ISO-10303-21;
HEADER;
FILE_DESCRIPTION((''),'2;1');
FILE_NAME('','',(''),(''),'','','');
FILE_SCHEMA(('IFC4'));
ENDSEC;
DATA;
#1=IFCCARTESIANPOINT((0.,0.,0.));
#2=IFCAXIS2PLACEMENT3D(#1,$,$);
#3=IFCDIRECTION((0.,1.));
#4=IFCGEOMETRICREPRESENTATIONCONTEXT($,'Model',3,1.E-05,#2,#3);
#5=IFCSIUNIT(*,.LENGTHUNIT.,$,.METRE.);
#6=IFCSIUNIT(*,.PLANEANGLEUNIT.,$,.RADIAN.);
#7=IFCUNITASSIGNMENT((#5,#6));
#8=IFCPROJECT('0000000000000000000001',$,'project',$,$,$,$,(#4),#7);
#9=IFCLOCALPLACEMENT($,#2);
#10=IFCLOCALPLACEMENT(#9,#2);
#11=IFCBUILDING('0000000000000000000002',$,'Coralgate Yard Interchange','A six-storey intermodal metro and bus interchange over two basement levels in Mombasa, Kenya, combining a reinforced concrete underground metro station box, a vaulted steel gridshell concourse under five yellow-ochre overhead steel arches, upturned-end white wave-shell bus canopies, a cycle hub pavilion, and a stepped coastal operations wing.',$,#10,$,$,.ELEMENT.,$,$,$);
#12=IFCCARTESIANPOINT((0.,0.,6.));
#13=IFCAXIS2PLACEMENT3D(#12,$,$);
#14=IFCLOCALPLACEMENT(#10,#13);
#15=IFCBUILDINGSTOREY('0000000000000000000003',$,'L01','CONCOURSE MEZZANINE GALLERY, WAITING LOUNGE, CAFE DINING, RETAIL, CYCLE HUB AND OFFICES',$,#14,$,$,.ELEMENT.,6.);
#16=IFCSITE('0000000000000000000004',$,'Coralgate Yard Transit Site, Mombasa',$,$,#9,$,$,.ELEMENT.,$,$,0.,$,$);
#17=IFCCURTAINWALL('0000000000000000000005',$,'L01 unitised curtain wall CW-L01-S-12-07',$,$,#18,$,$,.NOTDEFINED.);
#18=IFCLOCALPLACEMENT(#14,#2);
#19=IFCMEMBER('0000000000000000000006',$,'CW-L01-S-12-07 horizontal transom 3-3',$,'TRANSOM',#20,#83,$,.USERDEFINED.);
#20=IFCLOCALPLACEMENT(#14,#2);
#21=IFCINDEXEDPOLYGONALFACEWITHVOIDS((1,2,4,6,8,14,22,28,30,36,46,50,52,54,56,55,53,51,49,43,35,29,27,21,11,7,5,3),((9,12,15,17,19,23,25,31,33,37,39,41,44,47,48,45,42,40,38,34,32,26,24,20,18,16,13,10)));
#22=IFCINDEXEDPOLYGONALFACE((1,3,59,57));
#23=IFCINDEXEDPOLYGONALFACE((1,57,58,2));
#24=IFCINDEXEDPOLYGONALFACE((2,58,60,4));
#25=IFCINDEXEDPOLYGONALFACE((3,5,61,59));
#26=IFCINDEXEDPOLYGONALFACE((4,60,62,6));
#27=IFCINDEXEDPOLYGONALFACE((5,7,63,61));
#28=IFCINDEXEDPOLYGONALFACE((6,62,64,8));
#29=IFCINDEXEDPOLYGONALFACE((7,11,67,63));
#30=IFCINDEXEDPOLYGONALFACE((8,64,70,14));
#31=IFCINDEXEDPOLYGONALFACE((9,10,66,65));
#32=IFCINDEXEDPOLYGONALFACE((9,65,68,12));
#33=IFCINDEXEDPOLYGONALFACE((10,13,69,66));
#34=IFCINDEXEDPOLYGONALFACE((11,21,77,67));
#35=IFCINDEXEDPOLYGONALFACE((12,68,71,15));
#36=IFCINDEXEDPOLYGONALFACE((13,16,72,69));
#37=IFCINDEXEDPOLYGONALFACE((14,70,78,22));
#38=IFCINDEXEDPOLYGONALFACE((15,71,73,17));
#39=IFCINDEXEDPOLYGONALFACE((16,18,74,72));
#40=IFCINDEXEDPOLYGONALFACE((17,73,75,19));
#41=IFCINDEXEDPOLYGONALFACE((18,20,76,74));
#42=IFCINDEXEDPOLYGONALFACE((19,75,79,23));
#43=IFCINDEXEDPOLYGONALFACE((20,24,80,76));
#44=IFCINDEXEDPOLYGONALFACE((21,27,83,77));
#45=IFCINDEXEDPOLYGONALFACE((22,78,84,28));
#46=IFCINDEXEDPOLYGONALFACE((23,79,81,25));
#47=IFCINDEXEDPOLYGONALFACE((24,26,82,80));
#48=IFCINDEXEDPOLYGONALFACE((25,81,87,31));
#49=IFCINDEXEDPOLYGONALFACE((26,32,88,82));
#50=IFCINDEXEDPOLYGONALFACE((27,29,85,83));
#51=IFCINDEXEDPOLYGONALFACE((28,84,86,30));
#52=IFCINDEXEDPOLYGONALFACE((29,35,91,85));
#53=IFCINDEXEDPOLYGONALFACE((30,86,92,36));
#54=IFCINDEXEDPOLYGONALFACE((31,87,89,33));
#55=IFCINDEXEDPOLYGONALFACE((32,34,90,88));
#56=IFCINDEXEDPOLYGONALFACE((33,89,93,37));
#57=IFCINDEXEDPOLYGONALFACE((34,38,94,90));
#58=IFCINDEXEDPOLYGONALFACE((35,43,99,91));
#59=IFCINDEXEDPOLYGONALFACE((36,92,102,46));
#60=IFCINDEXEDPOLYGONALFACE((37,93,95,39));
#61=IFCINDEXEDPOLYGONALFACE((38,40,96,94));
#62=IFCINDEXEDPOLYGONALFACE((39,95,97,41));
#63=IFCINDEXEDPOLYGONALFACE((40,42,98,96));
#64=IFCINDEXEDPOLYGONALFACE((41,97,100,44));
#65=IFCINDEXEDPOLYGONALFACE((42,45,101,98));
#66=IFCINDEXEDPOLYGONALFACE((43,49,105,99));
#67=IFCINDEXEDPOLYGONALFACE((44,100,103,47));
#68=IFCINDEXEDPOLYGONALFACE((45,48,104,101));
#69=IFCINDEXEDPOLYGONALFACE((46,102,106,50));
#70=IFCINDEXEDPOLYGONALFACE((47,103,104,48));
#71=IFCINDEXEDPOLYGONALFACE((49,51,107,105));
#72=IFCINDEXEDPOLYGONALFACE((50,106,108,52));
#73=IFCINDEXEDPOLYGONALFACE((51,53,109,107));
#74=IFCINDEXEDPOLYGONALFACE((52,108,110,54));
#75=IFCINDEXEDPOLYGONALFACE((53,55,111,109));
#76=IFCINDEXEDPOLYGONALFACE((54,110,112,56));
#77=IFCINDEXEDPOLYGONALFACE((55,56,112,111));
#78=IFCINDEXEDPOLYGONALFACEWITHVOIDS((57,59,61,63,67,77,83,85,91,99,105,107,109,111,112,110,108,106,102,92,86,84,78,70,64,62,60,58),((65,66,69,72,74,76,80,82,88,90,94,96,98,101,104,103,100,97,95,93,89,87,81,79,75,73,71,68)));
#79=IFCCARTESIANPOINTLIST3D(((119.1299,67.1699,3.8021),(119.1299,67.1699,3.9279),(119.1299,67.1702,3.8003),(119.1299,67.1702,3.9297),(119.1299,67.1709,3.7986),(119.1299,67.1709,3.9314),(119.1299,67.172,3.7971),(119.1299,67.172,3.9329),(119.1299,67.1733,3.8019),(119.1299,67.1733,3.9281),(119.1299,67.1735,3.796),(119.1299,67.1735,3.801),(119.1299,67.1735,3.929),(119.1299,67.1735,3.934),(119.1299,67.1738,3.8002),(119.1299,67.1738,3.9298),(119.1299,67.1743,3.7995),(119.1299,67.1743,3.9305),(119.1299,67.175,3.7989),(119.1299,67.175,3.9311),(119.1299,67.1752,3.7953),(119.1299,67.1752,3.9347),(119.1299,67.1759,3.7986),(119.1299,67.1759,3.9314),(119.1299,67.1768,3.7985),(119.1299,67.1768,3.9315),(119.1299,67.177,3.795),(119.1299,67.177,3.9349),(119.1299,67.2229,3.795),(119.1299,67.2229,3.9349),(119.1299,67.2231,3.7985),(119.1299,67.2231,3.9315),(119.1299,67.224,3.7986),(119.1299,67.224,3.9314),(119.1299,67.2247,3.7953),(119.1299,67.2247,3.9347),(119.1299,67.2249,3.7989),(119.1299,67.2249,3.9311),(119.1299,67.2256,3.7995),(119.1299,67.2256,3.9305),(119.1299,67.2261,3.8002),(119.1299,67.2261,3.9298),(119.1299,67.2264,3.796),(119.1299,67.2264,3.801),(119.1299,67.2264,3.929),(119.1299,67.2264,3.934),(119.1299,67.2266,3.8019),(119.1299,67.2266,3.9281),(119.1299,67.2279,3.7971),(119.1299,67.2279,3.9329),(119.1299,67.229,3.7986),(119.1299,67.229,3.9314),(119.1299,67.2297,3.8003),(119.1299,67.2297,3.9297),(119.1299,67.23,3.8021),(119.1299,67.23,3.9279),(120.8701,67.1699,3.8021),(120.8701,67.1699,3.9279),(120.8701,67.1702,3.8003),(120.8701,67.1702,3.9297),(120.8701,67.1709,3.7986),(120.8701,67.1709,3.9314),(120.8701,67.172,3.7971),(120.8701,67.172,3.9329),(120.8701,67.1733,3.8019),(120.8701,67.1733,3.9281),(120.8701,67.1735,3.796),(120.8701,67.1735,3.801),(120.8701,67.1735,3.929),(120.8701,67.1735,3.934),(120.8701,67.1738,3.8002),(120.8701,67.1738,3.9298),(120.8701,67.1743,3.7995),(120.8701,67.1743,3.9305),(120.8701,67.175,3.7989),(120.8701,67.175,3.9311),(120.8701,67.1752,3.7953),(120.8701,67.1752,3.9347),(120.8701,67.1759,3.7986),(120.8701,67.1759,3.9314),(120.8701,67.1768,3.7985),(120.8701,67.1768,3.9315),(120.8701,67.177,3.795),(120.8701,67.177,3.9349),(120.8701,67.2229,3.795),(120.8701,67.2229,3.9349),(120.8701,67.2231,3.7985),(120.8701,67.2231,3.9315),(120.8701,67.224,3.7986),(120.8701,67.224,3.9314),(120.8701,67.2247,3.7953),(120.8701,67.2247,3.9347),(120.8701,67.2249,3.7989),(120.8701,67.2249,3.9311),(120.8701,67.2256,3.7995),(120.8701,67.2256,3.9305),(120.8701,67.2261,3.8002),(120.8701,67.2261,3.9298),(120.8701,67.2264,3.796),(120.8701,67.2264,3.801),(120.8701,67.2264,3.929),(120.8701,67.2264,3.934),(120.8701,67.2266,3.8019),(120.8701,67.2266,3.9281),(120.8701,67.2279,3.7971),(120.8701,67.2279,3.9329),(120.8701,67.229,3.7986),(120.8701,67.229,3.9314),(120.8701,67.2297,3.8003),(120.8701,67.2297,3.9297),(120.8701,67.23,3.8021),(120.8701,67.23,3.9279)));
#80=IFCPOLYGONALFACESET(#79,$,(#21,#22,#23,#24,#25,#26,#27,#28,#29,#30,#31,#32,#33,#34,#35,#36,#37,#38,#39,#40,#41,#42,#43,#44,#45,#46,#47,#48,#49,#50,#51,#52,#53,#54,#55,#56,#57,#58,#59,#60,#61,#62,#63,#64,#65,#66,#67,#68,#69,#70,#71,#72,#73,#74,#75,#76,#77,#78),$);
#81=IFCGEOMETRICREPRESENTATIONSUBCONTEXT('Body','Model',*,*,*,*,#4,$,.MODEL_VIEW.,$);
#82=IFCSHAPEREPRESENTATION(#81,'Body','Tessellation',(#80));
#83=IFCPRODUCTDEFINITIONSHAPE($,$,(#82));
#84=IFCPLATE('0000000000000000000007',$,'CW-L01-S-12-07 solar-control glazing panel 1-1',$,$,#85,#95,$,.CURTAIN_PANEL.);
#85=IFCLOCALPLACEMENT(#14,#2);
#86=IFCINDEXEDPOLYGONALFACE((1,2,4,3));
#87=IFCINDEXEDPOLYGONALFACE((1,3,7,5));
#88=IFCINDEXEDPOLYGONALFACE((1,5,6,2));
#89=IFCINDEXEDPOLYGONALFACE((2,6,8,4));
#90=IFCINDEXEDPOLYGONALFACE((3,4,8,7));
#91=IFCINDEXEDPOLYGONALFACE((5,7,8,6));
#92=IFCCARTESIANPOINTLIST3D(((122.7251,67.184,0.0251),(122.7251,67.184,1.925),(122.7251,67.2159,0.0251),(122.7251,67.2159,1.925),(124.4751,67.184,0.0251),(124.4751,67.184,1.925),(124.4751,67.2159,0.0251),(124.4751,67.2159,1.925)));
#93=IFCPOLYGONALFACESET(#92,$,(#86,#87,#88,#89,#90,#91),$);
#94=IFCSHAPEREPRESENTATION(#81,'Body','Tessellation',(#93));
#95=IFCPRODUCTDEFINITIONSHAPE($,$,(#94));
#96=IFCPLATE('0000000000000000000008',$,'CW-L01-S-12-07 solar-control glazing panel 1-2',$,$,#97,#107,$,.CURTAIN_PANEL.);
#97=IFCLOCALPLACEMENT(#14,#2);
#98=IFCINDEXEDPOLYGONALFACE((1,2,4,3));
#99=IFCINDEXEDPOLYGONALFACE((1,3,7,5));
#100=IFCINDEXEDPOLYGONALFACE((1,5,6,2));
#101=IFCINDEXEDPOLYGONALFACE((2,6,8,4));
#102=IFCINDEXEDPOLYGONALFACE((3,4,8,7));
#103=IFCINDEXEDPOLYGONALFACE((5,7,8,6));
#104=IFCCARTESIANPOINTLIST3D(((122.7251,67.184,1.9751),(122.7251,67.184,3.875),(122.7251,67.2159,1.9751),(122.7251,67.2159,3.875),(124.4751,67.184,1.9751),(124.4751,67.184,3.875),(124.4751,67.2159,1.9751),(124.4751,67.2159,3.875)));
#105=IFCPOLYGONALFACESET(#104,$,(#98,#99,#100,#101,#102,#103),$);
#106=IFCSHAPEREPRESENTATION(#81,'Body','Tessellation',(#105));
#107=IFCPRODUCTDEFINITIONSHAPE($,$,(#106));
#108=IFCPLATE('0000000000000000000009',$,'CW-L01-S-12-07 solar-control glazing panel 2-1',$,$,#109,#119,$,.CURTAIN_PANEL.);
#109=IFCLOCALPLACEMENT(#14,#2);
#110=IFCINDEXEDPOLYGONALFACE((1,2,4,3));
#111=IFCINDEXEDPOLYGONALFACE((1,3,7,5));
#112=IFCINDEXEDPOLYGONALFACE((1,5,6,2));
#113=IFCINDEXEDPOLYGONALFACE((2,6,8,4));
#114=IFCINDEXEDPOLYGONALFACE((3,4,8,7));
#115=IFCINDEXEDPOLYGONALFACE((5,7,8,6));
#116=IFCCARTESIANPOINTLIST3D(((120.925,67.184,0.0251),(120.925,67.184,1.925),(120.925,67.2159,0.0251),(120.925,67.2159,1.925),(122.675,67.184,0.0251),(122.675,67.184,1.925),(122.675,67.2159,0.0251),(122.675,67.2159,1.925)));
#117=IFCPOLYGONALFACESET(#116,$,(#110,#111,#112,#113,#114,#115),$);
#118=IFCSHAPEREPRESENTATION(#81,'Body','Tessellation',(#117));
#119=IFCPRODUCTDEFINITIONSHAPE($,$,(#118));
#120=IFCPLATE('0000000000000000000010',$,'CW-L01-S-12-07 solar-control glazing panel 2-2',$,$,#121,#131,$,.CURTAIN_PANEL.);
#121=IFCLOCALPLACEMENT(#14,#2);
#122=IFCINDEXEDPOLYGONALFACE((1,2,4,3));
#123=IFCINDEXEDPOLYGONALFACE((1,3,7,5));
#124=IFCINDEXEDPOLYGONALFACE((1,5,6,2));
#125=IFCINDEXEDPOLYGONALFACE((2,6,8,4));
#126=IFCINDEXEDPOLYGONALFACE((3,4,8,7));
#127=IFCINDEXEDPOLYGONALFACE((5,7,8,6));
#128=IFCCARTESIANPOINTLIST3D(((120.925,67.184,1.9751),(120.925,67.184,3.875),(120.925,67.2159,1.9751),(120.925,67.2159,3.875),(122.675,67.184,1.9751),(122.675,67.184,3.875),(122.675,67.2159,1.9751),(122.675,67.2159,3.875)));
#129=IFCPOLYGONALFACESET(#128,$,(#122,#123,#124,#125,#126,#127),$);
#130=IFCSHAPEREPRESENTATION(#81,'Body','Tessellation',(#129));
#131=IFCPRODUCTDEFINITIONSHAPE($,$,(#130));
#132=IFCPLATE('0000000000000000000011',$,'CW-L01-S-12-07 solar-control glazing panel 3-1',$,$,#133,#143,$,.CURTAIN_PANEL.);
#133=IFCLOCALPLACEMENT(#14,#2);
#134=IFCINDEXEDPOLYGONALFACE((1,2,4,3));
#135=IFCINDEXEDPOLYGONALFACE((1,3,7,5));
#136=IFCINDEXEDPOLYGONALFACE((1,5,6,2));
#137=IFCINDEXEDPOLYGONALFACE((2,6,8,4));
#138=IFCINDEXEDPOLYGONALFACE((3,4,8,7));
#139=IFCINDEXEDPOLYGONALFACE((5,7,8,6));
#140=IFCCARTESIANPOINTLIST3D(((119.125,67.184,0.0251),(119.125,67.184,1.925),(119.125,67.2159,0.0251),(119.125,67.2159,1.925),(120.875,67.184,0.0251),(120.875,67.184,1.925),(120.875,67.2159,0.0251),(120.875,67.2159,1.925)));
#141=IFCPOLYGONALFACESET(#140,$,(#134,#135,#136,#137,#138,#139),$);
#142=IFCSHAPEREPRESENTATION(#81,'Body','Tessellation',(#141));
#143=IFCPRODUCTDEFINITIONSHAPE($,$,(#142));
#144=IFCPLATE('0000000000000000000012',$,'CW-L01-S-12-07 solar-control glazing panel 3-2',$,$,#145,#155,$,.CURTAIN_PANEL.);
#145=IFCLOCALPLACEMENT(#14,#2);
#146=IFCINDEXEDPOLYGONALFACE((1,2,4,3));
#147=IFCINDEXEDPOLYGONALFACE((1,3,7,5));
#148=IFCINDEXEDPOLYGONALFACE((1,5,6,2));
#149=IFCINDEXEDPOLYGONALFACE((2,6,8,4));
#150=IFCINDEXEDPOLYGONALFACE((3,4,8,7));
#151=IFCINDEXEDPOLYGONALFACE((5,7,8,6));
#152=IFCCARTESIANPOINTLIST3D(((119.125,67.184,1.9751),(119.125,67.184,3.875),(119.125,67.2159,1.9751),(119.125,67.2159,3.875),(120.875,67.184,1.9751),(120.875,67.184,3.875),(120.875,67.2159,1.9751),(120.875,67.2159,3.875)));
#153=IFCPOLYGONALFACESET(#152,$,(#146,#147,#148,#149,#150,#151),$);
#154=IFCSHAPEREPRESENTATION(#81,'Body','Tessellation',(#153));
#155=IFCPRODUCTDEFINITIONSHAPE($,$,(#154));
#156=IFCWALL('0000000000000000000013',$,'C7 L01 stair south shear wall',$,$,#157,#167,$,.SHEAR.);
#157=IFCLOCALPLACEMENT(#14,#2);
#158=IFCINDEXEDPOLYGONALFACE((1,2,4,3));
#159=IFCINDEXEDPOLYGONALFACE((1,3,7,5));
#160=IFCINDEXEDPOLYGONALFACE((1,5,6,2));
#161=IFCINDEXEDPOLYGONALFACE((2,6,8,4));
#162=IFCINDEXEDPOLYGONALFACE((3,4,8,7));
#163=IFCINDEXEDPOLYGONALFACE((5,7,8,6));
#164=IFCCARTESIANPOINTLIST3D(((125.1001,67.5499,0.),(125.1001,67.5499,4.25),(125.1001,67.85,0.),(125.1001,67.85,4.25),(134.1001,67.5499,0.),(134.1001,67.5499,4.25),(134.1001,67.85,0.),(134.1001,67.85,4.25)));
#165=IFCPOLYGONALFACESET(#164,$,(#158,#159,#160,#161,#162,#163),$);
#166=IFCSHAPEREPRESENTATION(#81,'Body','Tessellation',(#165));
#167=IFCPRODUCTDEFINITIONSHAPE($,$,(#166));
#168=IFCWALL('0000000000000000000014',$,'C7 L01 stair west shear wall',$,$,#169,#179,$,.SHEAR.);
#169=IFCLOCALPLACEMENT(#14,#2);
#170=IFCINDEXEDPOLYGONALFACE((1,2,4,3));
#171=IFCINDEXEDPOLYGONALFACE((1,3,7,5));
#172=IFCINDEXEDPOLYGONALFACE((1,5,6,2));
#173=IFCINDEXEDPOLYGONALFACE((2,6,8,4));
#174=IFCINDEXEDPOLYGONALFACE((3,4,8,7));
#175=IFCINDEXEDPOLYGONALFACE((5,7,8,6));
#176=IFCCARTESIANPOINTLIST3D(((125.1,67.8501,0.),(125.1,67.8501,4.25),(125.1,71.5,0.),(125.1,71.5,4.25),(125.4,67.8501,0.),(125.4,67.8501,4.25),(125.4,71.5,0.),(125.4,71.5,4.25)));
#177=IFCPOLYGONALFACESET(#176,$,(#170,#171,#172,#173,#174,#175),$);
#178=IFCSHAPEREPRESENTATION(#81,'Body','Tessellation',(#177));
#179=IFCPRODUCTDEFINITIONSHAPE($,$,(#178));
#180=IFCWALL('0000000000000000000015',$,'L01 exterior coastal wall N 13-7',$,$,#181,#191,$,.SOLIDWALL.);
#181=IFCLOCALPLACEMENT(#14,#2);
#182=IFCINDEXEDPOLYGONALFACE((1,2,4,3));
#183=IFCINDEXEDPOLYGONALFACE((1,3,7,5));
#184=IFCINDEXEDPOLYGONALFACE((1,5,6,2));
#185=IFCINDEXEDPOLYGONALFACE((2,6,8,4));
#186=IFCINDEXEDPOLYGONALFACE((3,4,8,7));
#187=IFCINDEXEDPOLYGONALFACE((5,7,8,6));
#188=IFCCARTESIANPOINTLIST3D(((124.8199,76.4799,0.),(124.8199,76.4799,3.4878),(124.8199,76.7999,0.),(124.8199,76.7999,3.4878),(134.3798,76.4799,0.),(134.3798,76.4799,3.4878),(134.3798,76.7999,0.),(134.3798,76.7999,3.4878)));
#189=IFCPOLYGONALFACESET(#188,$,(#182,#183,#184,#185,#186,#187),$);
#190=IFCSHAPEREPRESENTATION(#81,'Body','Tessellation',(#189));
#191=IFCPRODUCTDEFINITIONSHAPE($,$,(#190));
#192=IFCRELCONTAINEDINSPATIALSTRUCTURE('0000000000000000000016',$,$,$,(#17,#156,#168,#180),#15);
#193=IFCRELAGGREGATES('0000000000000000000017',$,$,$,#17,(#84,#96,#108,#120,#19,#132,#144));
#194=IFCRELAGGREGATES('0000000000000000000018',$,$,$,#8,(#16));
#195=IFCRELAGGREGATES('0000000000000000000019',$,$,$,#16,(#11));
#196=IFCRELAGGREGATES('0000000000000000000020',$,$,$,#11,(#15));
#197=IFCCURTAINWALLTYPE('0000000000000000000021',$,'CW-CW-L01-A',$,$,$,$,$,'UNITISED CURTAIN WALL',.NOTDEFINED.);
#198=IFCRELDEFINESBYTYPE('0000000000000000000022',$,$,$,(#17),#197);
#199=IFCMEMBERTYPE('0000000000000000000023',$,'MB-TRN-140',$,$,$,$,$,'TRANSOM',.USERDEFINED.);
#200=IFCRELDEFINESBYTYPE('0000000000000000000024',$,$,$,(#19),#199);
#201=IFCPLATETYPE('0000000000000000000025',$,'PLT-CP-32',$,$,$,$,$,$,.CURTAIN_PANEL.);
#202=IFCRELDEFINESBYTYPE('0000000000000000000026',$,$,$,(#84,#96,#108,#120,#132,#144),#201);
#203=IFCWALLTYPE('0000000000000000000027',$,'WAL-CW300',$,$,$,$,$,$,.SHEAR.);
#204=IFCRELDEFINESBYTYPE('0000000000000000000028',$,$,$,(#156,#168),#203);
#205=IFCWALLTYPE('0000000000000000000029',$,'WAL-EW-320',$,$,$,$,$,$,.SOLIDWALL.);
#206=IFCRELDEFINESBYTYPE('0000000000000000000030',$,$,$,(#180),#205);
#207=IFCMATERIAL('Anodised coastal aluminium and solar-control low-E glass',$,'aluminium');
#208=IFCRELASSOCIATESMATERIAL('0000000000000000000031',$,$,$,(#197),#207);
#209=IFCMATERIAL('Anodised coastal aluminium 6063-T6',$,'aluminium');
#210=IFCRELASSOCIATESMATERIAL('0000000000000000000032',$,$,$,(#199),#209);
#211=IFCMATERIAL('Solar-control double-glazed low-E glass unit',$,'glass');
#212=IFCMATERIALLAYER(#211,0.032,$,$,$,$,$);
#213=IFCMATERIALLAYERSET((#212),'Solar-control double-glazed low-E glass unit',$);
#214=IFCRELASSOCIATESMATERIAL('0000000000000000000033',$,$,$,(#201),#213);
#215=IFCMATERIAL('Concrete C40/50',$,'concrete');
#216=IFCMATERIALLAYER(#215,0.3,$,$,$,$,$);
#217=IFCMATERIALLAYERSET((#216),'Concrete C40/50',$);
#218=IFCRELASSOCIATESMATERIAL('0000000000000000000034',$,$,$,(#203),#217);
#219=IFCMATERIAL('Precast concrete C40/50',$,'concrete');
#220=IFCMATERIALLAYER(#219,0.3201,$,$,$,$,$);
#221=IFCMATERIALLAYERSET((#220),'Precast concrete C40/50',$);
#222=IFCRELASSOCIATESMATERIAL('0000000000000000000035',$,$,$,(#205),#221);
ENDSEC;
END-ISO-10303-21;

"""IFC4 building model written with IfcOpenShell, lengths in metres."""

from ifc_helpers import new_model, si_unit, direction, frame, frame_2d, origin, origin_2d, place, context, subcontext, project, spatial, rectangle, hollow_rectangle, extrude, material, layer, layer_set, material_profile, profile_set, type_object, element, aggregate, save


model = new_model("IFC4")

# Units and contexts
model_context = context("Model", 3, precision=1e-05, world=origin(), true_north=direction((0.0, 1.0)))
body_context = subcontext(model_context, "Body", "Model", "MODEL_VIEW")
ifc_project = project(units=[si_unit("LENGTHUNIT", "METRE"), si_unit("PLANEANGLEUNIT", "RADIAN")], contexts=[model_context])

# Site, building, storey
site_placement = place(None, origin())
site = spatial("IfcSite", under=ifc_project, at=site_placement, Name="Coralgate Yard Transit Site, Mombasa", CompositionType="ELEMENT", RefElevation=0.0)
building_placement = place(site_placement, origin())
building = spatial("IfcBuilding", under=site, at=building_placement, Name="Coralgate Yard Interchange", Description="A six-storey intermodal metro and bus interchange over two basement levels in Mombasa, Kenya, combining a reinforced concrete underground metro station box, a vaulted steel gridshell concourse under five yellow-ochre overhead steel arches, upturned-end white wave-shell bus canopies, a cycle hub pavilion, and a stepped coastal operations wing.", CompositionType="ELEMENT")
storey_placement = place(building_placement, frame((0.0, 0.0, 6.0)))
storey = spatial("IfcBuildingStorey", under=building, at=storey_placement, Name="L01", Description="CONCOURSE MEZZANINE GALLERY, WAITING LOUNGE, CAFE DINING, RETAIL, CYCLE HUB AND OFFICES", CompositionType="ELEMENT", Elevation=6.0)

# Curtain wall, member, plates
ifc_material_1 = material(Name="Anodised coastal aluminium and solar-control low-E glass", Category="aluminium")
curtain_wall_type = type_object("IfcCurtainWallType", Name="CW-CW-L01-A", ElementType="UNITISED CURTAIN WALL", PredefinedType="NOTDEFINED", material=ifc_material_1)
curtain_wall_placement = place(storey_placement, origin())
curtain_wall = element("IfcCurtainWall", 1, at=curtain_wall_placement, inside=storey, type_object=curtain_wall_type, Name="L01 unitised curtain wall CW-L01-S-12-07", PredefinedType="NOTDEFINED")
ifc_material_2 = material(Name="Anodised coastal aluminium 6063-T6", Category="aluminium")
ifc_material_profile_1 = material_profile(ifc_material_2, hollow_rectangle(XDim=0.0601, YDim=0.1399, WallThickness=0.0034, InnerFilletRadius=0.0034, OuterFilletRadius=0.0071, at=origin_2d()), Name="ALU 60x140x3.5")
ifc_profile_set_1 = profile_set([ifc_material_profile_1], Name="Anodised coastal aluminium 6063-T6")
member_type_1 = type_object("IfcMemberType", Name="MB-TRN-140", ElementType="TRANSOM", PredefinedType="USERDEFINED", material=ifc_profile_set_1)
member_1_placement = place(storey_placement, frame((120.8701, 67.2, 3.865), z_axis=(-1.0, 0.0, 0.0), x_axis=(0.0, -1.0, 0.0)))
member_1 = element("IfcMember", 2, at=member_1_placement, type_object=member_type_1, Name="CW-L01-S-12-07 horizontal transom 3-3", ObjectType="TRANSOM", PredefinedType="USERDEFINED", context=body_context, shape_type="SweptSolid", body=[
    extrude(hollow_rectangle(XDim=0.0601, YDim=0.1399, WallThickness=0.0034, InnerFilletRadius=0.0034, OuterFilletRadius=0.0071, at=origin_2d()), origin(), (0.0, 0.0, 1.0), 1.7402),
])
ifc_material_3 = material(Name="Solar-control double-glazed low-E glass unit", Category="glass")
ifc_layer_1 = layer(ifc_material_3, 0.032)
ifc_layer_set_1 = layer_set([ifc_layer_1], Name="Solar-control double-glazed low-E glass unit")
plate_type = type_object("IfcPlateType", Name="PLT-CP-32", PredefinedType="CURTAIN_PANEL", material=ifc_layer_set_1)
plate_1_placement = place(storey_placement, frame((123.6001, 67.2, 0.0251), z_axis=(0.0, 0.0, 1.0), x_axis=(-1.0, 0.0, 0.0)))
plate_1 = element("IfcPlate", 3, at=plate_1_placement, type_object=plate_type, Name="CW-L01-S-12-07 solar-control glazing panel 1-1", PredefinedType="CURTAIN_PANEL", context=body_context, shape_type="SweptSolid", body=[
    extrude(rectangle(XDim=1.75, YDim=0.032, at=origin_2d()), origin(), (0.0, 0.0, 1.0), 1.8999),
])
plate_2_placement = place(storey_placement, frame((123.6001, 67.2, 1.9751), z_axis=(0.0, 0.0, 1.0), x_axis=(-1.0, 0.0, 0.0)))
plate_2 = element("IfcPlate", 4, at=plate_2_placement, type_object=plate_type, Name="CW-L01-S-12-07 solar-control glazing panel 1-2", PredefinedType="CURTAIN_PANEL", context=body_context, shape_type="SweptSolid", body=[
    extrude(rectangle(XDim=1.75, YDim=0.032, at=origin_2d()), origin(), (0.0, 0.0, 1.0), 1.8999),
])
plate_3_placement = place(storey_placement, frame((121.8, 67.2, 0.0251), z_axis=(0.0, 0.0, 1.0), x_axis=(-1.0, 0.0, 0.0)))
plate_3 = element("IfcPlate", 5, at=plate_3_placement, type_object=plate_type, Name="CW-L01-S-12-07 solar-control glazing panel 2-1", PredefinedType="CURTAIN_PANEL", context=body_context, shape_type="SweptSolid", body=[
    extrude(rectangle(XDim=1.75, YDim=0.032, at=origin_2d()), origin(), (0.0, 0.0, 1.0), 1.8999),
])
plate_4_placement = place(storey_placement, frame((121.8, 67.2, 1.9751), z_axis=(0.0, 0.0, 1.0), x_axis=(-1.0, 0.0, 0.0)))
plate_4 = element("IfcPlate", 6, at=plate_4_placement, type_object=plate_type, Name="CW-L01-S-12-07 solar-control glazing panel 2-2", PredefinedType="CURTAIN_PANEL", context=body_context, shape_type="SweptSolid", body=[
    extrude(rectangle(XDim=1.75, YDim=0.032, at=origin_2d()), origin(), (0.0, 0.0, 1.0), 1.8999),
])
plate_5_placement = place(storey_placement, frame((120.0, 67.2, 0.0251), z_axis=(0.0, 0.0, 1.0), x_axis=(-1.0, 0.0, 0.0)))
plate_5 = element("IfcPlate", 7, at=plate_5_placement, type_object=plate_type, Name="CW-L01-S-12-07 solar-control glazing panel 3-1", PredefinedType="CURTAIN_PANEL", context=body_context, shape_type="SweptSolid", body=[
    extrude(rectangle(XDim=1.75, YDim=0.032, at=origin_2d()), origin(), (0.0, 0.0, 1.0), 1.8999),
])
plate_6_placement = place(storey_placement, frame((120.0, 67.2, 1.9751), z_axis=(0.0, 0.0, 1.0), x_axis=(-1.0, 0.0, 0.0)))
plate_6 = element("IfcPlate", 8, at=plate_6_placement, type_object=plate_type, Name="CW-L01-S-12-07 solar-control glazing panel 3-2", PredefinedType="CURTAIN_PANEL", context=body_context, shape_type="SweptSolid", body=[
    extrude(rectangle(XDim=1.75, YDim=0.032, at=origin_2d()), origin(), (0.0, 0.0, 1.0), 1.8999),
])
aggregate(curtain_wall, [plate_1, plate_2, plate_3, plate_4, member_1, plate_5, plate_6])

# Walls
ifc_material_4 = material(Name="Concrete C40/50", Category="concrete")
ifc_layer_2 = layer(ifc_material_4, 0.3)
ifc_layer_set_2 = layer_set([ifc_layer_2], Name="Concrete C40/50")
wall_type_1 = type_object("IfcWallType", Name="WAL-CW300", PredefinedType="SHEAR", material=ifc_layer_set_2)
wall_1_placement = place(storey_placement, frame((125.1001, 67.7, 0.0), z_axis=(0.0, 0.0, 1.0), x_axis=(1.0, 0.0, 0.0)))
element("IfcWall", 9, at=wall_1_placement, inside=storey, type_object=wall_type_1, Name="C7 L01 stair south shear wall", PredefinedType="SHEAR", context=body_context, shape_type="SweptSolid", body=[
    extrude(rectangle(XDim=9.0, YDim=0.3, at=frame_2d((4.5, 0.0))), origin(), (0.0, 0.0, 1.0), 4.25),
])
wall_2_placement = place(storey_placement, frame((125.25, 67.8501, 0.0), z_axis=(0.0, 0.0, 1.0), x_axis=(0.0, 1.0, 0.0)))
element("IfcWall", 10, at=wall_2_placement, inside=storey, type_object=wall_type_1, Name="C7 L01 stair west shear wall", PredefinedType="SHEAR", context=body_context, shape_type="SweptSolid", body=[
    extrude(rectangle(XDim=3.6499, YDim=0.3, at=frame_2d((1.825, 0.0))), origin(), (0.0, 0.0, 1.0), 4.25),
])
ifc_material_5 = material(Name="Precast concrete C40/50", Category="concrete")
ifc_layer_3 = layer(ifc_material_5, 0.3201)
ifc_layer_set_3 = layer_set([ifc_layer_3], Name="Precast concrete C40/50")
wall_type_2 = type_object("IfcWallType", Name="WAL-EW-320", PredefinedType="SOLIDWALL", material=ifc_layer_set_3)
wall_3_placement = place(storey_placement, frame((124.8201, 76.6399, 0.0), z_axis=(0.0, 0.0, 1.0), x_axis=(1.0, 0.0, 0.0)))
element("IfcWall", 11, at=wall_3_placement, inside=storey, type_object=wall_type_2, Name="L01 exterior coastal wall N 13-7", PredefinedType="SOLIDWALL", context=body_context, shape_type="SweptSolid", body=[
    extrude(rectangle(XDim=9.5598, YDim=0.3201, at=frame_2d((4.7798, 0.0))), origin(), (0.0, 0.0, 1.0), 3.4878),
])

save(model, "model.ifc")
